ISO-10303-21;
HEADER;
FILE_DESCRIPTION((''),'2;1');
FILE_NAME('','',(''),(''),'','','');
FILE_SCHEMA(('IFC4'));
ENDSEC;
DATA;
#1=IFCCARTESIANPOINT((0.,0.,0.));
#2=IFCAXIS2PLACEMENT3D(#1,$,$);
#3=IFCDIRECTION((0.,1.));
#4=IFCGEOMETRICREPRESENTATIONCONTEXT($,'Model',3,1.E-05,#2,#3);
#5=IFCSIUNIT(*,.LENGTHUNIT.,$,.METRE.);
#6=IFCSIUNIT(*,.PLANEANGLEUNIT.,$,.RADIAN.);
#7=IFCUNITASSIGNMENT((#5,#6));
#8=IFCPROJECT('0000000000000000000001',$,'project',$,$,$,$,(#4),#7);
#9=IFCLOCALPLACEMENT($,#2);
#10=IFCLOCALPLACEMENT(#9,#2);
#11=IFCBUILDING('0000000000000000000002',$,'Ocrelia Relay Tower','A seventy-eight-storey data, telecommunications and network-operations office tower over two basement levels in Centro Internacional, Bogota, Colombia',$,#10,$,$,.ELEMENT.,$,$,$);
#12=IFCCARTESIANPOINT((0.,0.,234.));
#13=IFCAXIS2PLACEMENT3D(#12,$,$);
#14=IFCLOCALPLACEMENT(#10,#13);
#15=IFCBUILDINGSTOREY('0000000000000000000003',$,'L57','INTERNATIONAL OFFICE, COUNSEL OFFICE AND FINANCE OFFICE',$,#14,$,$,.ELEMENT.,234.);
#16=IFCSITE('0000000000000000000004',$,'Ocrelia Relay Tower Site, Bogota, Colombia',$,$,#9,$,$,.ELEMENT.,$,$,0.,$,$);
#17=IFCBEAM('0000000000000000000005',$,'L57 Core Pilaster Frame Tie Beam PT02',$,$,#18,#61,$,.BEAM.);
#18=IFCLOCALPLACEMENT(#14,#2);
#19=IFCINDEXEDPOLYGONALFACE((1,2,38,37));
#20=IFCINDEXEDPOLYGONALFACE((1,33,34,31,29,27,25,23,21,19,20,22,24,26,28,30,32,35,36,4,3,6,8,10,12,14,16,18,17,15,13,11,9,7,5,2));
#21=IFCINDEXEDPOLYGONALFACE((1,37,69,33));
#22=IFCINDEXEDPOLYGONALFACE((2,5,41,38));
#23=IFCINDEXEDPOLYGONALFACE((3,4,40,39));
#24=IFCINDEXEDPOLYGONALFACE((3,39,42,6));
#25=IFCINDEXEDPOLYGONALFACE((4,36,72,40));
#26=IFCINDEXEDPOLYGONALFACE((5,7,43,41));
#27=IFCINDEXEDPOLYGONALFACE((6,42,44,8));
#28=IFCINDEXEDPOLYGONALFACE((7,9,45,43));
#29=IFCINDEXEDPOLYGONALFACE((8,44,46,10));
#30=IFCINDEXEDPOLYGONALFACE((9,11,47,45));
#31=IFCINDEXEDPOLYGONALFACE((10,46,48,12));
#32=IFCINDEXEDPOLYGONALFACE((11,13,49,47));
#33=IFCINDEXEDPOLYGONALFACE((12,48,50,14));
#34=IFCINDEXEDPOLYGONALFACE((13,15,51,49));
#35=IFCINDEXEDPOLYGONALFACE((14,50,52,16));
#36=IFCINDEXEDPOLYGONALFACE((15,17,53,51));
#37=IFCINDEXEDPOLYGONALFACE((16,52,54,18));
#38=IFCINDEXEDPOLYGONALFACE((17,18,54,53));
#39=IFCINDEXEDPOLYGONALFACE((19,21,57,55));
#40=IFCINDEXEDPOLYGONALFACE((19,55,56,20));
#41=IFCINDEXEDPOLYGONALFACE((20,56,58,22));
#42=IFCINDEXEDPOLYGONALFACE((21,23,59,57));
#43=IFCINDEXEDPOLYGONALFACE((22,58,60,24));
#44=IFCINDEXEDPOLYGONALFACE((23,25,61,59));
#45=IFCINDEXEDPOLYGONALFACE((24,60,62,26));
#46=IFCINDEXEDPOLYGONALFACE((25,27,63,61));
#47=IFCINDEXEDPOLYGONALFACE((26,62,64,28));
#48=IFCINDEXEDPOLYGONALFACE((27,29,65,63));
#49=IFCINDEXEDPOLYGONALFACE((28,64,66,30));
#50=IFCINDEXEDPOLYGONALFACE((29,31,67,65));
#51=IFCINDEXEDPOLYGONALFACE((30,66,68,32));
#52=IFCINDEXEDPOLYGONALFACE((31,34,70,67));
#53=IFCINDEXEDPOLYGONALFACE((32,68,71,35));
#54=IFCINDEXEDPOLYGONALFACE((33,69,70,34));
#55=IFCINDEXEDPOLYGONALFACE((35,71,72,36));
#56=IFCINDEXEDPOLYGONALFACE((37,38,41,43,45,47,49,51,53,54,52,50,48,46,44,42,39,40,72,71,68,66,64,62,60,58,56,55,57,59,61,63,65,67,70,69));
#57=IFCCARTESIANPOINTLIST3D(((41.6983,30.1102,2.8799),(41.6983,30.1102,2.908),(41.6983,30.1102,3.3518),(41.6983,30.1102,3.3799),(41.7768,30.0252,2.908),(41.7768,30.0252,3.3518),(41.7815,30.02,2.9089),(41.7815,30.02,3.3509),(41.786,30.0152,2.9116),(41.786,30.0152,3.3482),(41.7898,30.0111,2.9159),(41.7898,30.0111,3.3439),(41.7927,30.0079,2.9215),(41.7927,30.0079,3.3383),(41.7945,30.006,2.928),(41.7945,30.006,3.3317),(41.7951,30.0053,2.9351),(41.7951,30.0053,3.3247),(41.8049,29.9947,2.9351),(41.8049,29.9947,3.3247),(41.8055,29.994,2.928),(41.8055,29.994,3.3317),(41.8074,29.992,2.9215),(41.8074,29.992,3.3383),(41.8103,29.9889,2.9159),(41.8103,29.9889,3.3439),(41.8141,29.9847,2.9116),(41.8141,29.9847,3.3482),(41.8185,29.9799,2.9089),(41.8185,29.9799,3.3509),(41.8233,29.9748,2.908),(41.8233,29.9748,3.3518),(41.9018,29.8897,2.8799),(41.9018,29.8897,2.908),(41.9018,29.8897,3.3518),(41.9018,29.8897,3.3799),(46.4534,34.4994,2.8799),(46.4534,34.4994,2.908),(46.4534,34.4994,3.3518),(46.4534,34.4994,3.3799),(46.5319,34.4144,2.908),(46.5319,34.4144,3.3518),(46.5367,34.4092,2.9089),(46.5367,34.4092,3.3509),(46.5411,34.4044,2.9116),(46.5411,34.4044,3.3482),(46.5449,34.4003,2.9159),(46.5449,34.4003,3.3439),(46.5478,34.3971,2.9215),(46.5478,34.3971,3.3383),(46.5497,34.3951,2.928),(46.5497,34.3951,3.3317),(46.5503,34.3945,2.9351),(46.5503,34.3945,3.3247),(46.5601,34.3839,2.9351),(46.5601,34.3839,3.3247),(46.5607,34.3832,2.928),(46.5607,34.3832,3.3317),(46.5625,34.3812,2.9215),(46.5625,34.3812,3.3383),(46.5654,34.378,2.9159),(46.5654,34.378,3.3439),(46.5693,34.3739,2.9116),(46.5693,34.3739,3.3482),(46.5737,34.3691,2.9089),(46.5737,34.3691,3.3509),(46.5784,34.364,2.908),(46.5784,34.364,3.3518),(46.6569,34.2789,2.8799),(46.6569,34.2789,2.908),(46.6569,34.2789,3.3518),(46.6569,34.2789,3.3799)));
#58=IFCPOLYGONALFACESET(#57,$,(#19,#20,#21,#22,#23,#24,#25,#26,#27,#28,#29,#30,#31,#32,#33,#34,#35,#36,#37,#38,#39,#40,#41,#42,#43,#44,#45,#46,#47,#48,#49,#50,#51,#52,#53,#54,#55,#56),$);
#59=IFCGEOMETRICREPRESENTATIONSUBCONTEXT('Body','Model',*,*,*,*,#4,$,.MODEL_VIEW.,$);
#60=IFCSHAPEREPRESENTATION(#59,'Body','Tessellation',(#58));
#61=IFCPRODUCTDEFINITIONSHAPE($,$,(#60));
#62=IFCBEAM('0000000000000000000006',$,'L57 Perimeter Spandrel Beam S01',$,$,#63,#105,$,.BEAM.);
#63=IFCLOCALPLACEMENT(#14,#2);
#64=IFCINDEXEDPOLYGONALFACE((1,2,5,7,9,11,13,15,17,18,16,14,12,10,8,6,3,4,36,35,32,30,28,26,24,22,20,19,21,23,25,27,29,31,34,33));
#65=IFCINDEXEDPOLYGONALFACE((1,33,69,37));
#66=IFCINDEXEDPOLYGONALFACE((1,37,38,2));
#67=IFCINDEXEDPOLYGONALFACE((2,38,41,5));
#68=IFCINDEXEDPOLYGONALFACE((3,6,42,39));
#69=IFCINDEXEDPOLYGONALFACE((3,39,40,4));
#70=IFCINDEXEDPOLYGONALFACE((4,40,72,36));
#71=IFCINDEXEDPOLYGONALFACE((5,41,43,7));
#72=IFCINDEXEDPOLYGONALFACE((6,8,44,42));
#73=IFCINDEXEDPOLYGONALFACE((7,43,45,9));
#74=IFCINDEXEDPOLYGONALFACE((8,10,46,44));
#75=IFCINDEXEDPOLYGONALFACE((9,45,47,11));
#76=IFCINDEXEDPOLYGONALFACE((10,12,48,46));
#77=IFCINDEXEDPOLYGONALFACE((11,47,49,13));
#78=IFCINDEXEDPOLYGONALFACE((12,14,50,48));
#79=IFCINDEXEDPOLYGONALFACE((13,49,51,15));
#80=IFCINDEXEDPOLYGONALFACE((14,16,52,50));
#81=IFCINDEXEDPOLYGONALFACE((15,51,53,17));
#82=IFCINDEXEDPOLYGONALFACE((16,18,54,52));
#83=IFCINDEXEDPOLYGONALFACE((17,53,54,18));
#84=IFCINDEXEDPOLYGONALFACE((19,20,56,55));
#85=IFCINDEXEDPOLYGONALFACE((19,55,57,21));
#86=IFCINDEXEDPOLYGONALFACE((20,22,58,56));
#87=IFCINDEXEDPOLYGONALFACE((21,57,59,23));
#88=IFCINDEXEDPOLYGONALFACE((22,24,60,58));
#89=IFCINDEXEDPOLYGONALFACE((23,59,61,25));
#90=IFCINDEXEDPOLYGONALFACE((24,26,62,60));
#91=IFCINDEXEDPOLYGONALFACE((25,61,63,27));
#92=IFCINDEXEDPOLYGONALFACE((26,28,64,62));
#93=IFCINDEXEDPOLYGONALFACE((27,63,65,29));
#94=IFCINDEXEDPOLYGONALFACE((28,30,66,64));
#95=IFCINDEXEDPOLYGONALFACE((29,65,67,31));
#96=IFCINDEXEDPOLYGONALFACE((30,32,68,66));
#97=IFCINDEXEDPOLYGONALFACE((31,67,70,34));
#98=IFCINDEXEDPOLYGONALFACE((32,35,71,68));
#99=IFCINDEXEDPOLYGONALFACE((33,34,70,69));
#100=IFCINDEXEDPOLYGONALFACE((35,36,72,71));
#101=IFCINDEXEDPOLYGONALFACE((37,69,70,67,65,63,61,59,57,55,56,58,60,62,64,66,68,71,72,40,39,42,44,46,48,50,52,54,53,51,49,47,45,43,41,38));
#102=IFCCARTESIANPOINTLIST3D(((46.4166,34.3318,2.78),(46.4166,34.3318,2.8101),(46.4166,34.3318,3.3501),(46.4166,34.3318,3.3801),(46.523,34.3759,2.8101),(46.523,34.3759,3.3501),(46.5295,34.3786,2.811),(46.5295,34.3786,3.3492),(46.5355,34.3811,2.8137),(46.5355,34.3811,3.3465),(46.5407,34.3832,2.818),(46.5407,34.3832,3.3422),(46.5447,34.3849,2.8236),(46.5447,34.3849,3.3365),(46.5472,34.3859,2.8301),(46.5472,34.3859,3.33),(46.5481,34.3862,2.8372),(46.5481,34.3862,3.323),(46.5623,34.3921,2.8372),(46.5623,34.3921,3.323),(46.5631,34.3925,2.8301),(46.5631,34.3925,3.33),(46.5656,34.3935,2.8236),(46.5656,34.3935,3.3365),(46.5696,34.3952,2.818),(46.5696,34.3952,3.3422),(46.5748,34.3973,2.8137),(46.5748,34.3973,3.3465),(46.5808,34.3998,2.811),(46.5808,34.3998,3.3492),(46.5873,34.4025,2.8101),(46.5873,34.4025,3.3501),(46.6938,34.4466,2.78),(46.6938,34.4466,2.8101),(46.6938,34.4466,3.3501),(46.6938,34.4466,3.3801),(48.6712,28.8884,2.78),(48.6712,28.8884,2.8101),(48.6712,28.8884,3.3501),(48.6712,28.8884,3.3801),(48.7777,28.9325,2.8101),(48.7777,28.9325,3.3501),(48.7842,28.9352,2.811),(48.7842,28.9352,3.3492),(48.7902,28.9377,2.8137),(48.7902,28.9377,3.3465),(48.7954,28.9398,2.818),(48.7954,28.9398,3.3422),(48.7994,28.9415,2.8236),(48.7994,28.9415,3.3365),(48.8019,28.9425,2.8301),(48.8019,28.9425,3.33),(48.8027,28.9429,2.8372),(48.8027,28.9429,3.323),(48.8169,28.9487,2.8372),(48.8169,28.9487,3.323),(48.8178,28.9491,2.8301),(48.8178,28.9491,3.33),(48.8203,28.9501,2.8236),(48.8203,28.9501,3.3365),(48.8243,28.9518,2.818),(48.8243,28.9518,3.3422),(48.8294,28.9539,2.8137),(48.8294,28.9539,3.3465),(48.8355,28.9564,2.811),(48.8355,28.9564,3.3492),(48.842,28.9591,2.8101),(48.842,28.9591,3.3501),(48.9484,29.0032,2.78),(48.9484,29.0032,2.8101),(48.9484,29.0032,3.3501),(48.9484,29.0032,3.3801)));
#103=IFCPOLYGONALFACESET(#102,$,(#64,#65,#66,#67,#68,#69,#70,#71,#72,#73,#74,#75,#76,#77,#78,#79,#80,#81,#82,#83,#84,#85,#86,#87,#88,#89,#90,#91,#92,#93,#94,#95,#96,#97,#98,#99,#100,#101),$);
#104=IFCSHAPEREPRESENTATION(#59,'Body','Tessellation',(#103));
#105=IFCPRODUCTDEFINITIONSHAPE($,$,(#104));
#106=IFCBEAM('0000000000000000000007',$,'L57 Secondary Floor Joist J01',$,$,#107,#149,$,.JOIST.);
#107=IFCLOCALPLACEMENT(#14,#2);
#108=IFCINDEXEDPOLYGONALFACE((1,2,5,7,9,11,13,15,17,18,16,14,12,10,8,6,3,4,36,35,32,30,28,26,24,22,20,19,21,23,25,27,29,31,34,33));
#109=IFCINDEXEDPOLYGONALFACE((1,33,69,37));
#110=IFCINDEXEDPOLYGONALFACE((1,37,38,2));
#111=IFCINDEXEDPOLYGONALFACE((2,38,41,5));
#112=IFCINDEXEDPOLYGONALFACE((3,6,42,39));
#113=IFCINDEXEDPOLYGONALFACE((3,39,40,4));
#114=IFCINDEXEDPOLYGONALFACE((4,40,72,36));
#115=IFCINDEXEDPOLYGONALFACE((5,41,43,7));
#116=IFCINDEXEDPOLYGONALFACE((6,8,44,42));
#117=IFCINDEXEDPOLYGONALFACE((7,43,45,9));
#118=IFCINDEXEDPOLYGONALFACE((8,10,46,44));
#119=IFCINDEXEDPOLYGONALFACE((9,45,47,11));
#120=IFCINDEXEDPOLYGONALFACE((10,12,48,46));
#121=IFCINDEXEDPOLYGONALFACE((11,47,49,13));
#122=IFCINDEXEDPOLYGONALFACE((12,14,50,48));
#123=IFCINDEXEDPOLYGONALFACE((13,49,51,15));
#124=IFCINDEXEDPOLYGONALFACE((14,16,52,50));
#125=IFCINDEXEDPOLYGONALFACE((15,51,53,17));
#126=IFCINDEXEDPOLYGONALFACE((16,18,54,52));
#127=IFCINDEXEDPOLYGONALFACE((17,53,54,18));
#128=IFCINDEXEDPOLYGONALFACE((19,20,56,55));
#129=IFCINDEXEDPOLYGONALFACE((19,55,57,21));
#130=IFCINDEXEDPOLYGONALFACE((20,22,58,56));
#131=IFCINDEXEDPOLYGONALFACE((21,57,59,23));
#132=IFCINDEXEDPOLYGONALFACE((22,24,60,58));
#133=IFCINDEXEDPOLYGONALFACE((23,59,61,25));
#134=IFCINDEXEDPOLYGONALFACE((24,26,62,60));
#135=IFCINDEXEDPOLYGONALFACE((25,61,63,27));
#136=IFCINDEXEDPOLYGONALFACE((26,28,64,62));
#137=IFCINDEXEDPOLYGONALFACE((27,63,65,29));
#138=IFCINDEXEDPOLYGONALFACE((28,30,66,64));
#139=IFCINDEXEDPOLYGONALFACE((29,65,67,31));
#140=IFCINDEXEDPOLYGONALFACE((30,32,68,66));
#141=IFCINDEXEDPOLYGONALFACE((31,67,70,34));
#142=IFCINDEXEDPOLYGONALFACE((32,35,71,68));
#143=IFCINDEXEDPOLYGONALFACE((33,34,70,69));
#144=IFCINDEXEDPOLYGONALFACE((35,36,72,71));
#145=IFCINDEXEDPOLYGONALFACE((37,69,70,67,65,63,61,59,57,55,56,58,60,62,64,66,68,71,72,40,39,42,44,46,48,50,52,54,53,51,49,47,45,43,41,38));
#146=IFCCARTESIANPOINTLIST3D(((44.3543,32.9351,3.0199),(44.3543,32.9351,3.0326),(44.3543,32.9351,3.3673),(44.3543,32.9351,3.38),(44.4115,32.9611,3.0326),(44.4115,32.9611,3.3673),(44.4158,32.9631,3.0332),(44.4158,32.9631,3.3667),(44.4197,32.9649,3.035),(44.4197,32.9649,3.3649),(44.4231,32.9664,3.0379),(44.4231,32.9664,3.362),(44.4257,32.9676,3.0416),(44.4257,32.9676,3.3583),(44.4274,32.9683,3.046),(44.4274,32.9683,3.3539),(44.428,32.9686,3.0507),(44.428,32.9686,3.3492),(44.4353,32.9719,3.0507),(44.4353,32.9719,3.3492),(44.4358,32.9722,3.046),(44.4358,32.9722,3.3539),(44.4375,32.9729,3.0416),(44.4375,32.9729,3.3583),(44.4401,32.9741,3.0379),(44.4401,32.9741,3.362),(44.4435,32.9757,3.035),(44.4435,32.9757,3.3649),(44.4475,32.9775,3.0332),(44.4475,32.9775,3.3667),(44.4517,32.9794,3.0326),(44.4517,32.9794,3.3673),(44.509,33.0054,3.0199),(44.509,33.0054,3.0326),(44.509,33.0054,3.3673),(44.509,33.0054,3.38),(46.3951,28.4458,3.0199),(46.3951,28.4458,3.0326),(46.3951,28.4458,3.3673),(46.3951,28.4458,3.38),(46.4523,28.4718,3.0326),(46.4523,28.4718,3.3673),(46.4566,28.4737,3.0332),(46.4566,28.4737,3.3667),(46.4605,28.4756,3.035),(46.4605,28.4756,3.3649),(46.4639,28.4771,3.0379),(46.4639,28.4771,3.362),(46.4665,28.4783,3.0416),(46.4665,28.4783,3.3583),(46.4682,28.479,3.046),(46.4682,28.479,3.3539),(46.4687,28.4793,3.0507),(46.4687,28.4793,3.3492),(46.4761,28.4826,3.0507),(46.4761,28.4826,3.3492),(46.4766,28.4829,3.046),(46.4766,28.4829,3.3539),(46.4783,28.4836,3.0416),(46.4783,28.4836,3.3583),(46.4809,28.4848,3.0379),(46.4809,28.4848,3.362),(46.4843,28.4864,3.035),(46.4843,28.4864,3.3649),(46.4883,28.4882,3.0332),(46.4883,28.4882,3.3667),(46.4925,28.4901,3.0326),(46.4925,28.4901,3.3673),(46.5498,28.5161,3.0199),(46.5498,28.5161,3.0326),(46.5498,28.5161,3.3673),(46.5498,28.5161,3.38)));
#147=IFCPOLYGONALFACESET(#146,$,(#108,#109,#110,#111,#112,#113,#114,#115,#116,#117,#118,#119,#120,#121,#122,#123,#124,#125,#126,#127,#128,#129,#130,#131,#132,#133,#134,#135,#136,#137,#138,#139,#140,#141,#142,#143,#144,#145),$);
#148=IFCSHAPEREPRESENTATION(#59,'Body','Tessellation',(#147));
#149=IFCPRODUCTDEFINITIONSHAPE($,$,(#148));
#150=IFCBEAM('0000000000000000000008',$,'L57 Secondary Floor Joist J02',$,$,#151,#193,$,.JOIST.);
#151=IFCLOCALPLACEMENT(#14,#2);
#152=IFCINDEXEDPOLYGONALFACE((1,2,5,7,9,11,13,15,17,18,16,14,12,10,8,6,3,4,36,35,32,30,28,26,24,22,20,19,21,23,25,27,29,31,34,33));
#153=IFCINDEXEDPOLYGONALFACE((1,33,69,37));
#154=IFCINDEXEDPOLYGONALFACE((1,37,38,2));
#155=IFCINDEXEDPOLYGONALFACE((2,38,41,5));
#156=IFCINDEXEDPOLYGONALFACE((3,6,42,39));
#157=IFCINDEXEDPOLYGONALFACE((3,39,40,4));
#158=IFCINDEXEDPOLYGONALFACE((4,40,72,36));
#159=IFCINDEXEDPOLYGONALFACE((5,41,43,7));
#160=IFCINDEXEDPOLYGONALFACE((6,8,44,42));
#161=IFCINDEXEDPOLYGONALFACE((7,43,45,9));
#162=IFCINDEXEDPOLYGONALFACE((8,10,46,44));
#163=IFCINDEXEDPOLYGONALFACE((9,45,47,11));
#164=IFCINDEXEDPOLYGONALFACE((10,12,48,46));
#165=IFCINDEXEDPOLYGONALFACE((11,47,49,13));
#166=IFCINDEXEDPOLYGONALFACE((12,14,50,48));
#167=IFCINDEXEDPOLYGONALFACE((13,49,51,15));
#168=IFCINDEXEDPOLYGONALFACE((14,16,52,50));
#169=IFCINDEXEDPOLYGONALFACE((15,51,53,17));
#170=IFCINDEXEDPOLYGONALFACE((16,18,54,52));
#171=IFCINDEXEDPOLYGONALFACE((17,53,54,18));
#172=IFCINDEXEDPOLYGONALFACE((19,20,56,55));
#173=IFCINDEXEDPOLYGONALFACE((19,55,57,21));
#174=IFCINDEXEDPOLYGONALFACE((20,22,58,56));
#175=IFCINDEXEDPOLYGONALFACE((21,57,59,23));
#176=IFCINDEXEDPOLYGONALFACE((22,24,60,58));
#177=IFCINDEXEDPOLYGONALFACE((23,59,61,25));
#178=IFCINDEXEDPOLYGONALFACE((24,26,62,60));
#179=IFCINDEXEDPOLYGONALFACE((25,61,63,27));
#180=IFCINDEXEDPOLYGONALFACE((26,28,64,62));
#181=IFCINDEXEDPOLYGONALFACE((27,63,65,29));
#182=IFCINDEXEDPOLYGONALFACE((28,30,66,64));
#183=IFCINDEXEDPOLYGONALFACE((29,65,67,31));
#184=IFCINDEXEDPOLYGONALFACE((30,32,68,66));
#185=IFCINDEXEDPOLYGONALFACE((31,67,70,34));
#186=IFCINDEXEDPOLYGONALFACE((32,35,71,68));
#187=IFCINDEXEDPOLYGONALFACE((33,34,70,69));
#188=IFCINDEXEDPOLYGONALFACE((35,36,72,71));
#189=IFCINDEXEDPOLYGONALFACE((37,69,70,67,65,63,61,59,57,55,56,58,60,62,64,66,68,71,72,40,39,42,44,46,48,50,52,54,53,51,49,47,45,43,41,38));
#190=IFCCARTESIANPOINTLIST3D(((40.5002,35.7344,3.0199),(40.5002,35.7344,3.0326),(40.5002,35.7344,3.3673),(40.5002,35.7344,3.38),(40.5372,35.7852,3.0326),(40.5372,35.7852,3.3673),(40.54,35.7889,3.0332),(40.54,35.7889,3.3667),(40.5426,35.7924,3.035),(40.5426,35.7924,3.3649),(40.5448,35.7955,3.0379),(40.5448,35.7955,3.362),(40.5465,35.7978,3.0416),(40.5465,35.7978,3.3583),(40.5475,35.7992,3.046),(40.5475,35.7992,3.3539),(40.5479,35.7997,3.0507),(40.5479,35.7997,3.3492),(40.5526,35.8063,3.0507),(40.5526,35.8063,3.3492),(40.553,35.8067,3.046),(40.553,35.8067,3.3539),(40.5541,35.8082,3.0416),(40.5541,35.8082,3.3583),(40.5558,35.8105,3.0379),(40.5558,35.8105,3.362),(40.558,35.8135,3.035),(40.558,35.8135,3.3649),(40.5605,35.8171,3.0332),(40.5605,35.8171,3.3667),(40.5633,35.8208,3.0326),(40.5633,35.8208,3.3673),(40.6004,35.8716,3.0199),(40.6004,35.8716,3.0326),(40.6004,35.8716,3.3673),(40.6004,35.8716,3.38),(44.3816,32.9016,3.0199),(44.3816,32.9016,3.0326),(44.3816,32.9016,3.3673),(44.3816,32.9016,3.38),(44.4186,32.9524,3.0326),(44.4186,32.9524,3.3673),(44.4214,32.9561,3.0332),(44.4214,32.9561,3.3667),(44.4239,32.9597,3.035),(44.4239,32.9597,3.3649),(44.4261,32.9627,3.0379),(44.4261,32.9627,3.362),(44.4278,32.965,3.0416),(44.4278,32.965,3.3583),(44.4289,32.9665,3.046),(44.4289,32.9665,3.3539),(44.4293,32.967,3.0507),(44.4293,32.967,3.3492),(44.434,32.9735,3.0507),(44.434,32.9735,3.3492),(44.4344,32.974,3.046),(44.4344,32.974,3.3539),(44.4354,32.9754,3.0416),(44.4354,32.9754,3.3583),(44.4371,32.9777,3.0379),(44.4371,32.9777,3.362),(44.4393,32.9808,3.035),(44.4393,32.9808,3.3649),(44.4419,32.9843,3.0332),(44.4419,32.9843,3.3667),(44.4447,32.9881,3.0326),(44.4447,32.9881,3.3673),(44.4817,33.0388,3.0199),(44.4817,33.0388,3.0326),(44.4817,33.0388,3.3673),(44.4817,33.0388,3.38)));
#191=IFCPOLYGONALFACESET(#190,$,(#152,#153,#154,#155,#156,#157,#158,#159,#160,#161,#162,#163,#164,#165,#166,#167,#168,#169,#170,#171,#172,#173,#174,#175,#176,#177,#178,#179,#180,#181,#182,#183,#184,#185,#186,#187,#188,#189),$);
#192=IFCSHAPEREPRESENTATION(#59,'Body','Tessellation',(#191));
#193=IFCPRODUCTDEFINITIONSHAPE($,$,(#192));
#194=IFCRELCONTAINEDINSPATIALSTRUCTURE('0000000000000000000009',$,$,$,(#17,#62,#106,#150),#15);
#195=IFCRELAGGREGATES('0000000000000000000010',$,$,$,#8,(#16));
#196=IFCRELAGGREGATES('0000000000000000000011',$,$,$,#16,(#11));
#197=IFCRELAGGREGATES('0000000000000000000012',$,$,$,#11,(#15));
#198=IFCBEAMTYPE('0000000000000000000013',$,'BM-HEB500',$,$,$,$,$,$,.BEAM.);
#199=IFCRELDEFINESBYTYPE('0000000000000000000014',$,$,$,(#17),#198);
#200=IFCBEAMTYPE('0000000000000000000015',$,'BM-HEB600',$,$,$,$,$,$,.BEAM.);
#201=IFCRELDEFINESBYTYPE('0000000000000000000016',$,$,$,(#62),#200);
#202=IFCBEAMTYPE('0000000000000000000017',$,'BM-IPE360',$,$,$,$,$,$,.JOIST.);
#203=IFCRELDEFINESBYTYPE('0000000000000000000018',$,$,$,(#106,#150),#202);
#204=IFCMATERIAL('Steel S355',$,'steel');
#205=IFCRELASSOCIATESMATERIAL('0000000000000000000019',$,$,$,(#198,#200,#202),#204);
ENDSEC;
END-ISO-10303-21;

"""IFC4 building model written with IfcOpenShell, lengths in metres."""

from ifc_helpers import new_model, si_unit, direction, frame, origin, origin_2d, place, context, subcontext, project, spatial, i_section, extrude, material, material_profile, profile_set, type_object, element, save


model = new_model("IFC4")

# Units and contexts
model_context = context("Model", 3, precision=1e-05, world=origin(), true_north=direction((0.0, 1.0)))
body_context = subcontext(model_context, "Body", "Model", "MODEL_VIEW")
ifc_project = project(units=[si_unit("LENGTHUNIT", "METRE"), si_unit("PLANEANGLEUNIT", "RADIAN")], contexts=[model_context])

# Site, building, storey
site_placement = place(None, origin())
site = spatial("IfcSite", under=ifc_project, at=site_placement, Name="Ocrelia Relay Tower Site, Bogota, Colombia", CompositionType="ELEMENT", RefElevation=0.0)
building_placement = place(site_placement, origin())
building = spatial("IfcBuilding", under=site, at=building_placement, Name="Ocrelia Relay Tower", Description="A seventy-eight-storey data, telecommunications and network-operations office tower over two basement levels in Centro Internacional, Bogota, Colombia", CompositionType="ELEMENT")
storey_placement = place(building_placement, frame((0.0, 0.0, 234.0)))
storey = spatial("IfcBuildingStorey", under=building, at=storey_placement, Name="L57", Description="INTERNATIONAL OFFICE, COUNSEL OFFICE AND FINANCE OFFICE", CompositionType="ELEMENT", Elevation=234.0)

# Beams
ifc_material_1 = material(Name="Steel S355", Category="steel")
ifc_material_profile_1 = material_profile(ifc_material_1, i_section(OverallWidth=0.3, OverallDepth=0.5, WebThickness=0.0144, FlangeThickness=0.0281, FilletRadius=0.0271, at=origin_2d()), Name="HEB 500")
ifc_profile_set_1 = profile_set([ifc_material_profile_1], Name="Steel S355")
beam_type_1 = type_object("IfcBeamType", Name="BM-HEB500", PredefinedType="BEAM", material=ifc_profile_set_1)
beam_1_placement = place(storey_placement, frame((46.5552, 34.3892, 3.1299), z_axis=(-0.734818, -0.678264, 0.0), x_axis=(0.678264, -0.734818, 0.0)))
element("IfcBeam", 1, at=beam_1_placement, inside=storey, type_object=beam_type_1, Name="L57 Core Pilaster Frame Tie Beam PT02", PredefinedType="BEAM", context=body_context, shape_type="SweptSolid", body=[
    extrude(i_section(OverallWidth=0.3, OverallDepth=0.5, WebThickness=0.0144, FlangeThickness=0.0281, FilletRadius=0.0271, at=origin_2d()), origin(), (0.0, 0.0, 1.0), 6.4712),
])
ifc_material_profile_2 = material_profile(ifc_material_1, i_section(OverallWidth=0.3, OverallDepth=0.6001, WebThickness=0.0154, FlangeThickness=0.03, FilletRadius=0.0271, at=origin_2d()), Name="HEB 600")
ifc_profile_set_2 = profile_set([ifc_material_profile_2], Name="Steel S355")
beam_type_2 = type_object("IfcBeamType", Name="BM-HEB600", PredefinedType="BEAM", material=ifc_profile_set_2)
beam_2_placement = place(storey_placement, frame((48.8098, 28.9458, 3.0801), z_axis=(-0.382673, 0.923884, 0.0), x_axis=(-0.923884, -0.382673, 0.0)))
element("IfcBeam", 2, at=beam_2_placement, inside=storey, type_object=beam_type_2, Name="L57 Perimeter Spandrel Beam S01", PredefinedType="BEAM", context=body_context, shape_type="SweptSolid", body=[
    extrude(i_section(OverallWidth=0.3, OverallDepth=0.6001, WebThickness=0.0154, FlangeThickness=0.03, FilletRadius=0.0271, at=origin_2d()), origin(), (0.0, 0.0, 1.0), 5.8918),
])
ifc_material_profile_3 = material_profile(ifc_material_1, i_section(OverallWidth=0.1699, OverallDepth=0.3601, WebThickness=0.0081, FlangeThickness=0.0127, FilletRadius=0.0181, at=origin_2d()), Name="IPE 360")
ifc_profile_set_3 = profile_set([ifc_material_profile_3], Name="Steel S355")
beam_type_3 = type_object("IfcBeamType", Name="BM-IPE360", PredefinedType="JOIST", material=ifc_profile_set_3)
beam_3_placement = place(storey_placement, frame((46.4724, 28.481, 3.2), z_axis=(-0.413837, 0.910351, 0.0), x_axis=(-0.910351, -0.413837, 0.0)))
element("IfcBeam", 3, at=beam_3_placement, inside=storey, type_object=beam_type_3, Name="L57 Secondary Floor Joist J01", PredefinedType="JOIST", context=body_context, shape_type="SweptSolid", body=[
    extrude(i_section(OverallWidth=0.1699, OverallDepth=0.3601, WebThickness=0.0081, FlangeThickness=0.0127, FilletRadius=0.0181, at=origin_2d()), origin(), (0.0, 0.0, 1.0), 4.9314),
])
beam_4_placement = place(storey_placement, frame((44.4316, 32.9702, 3.2), z_axis=(-0.807748, 0.589527, 0.0), x_axis=(-0.589527, -0.807748, 0.0)))
element("IfcBeam", 4, at=beam_4_placement, inside=storey, type_object=beam_type_3, Name="L57 Secondary Floor Joist J02", PredefinedType="JOIST", context=body_context, shape_type="SweptSolid", body=[
    extrude(i_section(OverallWidth=0.1699, OverallDepth=0.3601, WebThickness=0.0081, FlangeThickness=0.0127, FilletRadius=0.0181, at=origin_2d()), origin(), (0.0, 0.0, 1.0), 4.8052),
])

save(model, "model.ifc")
